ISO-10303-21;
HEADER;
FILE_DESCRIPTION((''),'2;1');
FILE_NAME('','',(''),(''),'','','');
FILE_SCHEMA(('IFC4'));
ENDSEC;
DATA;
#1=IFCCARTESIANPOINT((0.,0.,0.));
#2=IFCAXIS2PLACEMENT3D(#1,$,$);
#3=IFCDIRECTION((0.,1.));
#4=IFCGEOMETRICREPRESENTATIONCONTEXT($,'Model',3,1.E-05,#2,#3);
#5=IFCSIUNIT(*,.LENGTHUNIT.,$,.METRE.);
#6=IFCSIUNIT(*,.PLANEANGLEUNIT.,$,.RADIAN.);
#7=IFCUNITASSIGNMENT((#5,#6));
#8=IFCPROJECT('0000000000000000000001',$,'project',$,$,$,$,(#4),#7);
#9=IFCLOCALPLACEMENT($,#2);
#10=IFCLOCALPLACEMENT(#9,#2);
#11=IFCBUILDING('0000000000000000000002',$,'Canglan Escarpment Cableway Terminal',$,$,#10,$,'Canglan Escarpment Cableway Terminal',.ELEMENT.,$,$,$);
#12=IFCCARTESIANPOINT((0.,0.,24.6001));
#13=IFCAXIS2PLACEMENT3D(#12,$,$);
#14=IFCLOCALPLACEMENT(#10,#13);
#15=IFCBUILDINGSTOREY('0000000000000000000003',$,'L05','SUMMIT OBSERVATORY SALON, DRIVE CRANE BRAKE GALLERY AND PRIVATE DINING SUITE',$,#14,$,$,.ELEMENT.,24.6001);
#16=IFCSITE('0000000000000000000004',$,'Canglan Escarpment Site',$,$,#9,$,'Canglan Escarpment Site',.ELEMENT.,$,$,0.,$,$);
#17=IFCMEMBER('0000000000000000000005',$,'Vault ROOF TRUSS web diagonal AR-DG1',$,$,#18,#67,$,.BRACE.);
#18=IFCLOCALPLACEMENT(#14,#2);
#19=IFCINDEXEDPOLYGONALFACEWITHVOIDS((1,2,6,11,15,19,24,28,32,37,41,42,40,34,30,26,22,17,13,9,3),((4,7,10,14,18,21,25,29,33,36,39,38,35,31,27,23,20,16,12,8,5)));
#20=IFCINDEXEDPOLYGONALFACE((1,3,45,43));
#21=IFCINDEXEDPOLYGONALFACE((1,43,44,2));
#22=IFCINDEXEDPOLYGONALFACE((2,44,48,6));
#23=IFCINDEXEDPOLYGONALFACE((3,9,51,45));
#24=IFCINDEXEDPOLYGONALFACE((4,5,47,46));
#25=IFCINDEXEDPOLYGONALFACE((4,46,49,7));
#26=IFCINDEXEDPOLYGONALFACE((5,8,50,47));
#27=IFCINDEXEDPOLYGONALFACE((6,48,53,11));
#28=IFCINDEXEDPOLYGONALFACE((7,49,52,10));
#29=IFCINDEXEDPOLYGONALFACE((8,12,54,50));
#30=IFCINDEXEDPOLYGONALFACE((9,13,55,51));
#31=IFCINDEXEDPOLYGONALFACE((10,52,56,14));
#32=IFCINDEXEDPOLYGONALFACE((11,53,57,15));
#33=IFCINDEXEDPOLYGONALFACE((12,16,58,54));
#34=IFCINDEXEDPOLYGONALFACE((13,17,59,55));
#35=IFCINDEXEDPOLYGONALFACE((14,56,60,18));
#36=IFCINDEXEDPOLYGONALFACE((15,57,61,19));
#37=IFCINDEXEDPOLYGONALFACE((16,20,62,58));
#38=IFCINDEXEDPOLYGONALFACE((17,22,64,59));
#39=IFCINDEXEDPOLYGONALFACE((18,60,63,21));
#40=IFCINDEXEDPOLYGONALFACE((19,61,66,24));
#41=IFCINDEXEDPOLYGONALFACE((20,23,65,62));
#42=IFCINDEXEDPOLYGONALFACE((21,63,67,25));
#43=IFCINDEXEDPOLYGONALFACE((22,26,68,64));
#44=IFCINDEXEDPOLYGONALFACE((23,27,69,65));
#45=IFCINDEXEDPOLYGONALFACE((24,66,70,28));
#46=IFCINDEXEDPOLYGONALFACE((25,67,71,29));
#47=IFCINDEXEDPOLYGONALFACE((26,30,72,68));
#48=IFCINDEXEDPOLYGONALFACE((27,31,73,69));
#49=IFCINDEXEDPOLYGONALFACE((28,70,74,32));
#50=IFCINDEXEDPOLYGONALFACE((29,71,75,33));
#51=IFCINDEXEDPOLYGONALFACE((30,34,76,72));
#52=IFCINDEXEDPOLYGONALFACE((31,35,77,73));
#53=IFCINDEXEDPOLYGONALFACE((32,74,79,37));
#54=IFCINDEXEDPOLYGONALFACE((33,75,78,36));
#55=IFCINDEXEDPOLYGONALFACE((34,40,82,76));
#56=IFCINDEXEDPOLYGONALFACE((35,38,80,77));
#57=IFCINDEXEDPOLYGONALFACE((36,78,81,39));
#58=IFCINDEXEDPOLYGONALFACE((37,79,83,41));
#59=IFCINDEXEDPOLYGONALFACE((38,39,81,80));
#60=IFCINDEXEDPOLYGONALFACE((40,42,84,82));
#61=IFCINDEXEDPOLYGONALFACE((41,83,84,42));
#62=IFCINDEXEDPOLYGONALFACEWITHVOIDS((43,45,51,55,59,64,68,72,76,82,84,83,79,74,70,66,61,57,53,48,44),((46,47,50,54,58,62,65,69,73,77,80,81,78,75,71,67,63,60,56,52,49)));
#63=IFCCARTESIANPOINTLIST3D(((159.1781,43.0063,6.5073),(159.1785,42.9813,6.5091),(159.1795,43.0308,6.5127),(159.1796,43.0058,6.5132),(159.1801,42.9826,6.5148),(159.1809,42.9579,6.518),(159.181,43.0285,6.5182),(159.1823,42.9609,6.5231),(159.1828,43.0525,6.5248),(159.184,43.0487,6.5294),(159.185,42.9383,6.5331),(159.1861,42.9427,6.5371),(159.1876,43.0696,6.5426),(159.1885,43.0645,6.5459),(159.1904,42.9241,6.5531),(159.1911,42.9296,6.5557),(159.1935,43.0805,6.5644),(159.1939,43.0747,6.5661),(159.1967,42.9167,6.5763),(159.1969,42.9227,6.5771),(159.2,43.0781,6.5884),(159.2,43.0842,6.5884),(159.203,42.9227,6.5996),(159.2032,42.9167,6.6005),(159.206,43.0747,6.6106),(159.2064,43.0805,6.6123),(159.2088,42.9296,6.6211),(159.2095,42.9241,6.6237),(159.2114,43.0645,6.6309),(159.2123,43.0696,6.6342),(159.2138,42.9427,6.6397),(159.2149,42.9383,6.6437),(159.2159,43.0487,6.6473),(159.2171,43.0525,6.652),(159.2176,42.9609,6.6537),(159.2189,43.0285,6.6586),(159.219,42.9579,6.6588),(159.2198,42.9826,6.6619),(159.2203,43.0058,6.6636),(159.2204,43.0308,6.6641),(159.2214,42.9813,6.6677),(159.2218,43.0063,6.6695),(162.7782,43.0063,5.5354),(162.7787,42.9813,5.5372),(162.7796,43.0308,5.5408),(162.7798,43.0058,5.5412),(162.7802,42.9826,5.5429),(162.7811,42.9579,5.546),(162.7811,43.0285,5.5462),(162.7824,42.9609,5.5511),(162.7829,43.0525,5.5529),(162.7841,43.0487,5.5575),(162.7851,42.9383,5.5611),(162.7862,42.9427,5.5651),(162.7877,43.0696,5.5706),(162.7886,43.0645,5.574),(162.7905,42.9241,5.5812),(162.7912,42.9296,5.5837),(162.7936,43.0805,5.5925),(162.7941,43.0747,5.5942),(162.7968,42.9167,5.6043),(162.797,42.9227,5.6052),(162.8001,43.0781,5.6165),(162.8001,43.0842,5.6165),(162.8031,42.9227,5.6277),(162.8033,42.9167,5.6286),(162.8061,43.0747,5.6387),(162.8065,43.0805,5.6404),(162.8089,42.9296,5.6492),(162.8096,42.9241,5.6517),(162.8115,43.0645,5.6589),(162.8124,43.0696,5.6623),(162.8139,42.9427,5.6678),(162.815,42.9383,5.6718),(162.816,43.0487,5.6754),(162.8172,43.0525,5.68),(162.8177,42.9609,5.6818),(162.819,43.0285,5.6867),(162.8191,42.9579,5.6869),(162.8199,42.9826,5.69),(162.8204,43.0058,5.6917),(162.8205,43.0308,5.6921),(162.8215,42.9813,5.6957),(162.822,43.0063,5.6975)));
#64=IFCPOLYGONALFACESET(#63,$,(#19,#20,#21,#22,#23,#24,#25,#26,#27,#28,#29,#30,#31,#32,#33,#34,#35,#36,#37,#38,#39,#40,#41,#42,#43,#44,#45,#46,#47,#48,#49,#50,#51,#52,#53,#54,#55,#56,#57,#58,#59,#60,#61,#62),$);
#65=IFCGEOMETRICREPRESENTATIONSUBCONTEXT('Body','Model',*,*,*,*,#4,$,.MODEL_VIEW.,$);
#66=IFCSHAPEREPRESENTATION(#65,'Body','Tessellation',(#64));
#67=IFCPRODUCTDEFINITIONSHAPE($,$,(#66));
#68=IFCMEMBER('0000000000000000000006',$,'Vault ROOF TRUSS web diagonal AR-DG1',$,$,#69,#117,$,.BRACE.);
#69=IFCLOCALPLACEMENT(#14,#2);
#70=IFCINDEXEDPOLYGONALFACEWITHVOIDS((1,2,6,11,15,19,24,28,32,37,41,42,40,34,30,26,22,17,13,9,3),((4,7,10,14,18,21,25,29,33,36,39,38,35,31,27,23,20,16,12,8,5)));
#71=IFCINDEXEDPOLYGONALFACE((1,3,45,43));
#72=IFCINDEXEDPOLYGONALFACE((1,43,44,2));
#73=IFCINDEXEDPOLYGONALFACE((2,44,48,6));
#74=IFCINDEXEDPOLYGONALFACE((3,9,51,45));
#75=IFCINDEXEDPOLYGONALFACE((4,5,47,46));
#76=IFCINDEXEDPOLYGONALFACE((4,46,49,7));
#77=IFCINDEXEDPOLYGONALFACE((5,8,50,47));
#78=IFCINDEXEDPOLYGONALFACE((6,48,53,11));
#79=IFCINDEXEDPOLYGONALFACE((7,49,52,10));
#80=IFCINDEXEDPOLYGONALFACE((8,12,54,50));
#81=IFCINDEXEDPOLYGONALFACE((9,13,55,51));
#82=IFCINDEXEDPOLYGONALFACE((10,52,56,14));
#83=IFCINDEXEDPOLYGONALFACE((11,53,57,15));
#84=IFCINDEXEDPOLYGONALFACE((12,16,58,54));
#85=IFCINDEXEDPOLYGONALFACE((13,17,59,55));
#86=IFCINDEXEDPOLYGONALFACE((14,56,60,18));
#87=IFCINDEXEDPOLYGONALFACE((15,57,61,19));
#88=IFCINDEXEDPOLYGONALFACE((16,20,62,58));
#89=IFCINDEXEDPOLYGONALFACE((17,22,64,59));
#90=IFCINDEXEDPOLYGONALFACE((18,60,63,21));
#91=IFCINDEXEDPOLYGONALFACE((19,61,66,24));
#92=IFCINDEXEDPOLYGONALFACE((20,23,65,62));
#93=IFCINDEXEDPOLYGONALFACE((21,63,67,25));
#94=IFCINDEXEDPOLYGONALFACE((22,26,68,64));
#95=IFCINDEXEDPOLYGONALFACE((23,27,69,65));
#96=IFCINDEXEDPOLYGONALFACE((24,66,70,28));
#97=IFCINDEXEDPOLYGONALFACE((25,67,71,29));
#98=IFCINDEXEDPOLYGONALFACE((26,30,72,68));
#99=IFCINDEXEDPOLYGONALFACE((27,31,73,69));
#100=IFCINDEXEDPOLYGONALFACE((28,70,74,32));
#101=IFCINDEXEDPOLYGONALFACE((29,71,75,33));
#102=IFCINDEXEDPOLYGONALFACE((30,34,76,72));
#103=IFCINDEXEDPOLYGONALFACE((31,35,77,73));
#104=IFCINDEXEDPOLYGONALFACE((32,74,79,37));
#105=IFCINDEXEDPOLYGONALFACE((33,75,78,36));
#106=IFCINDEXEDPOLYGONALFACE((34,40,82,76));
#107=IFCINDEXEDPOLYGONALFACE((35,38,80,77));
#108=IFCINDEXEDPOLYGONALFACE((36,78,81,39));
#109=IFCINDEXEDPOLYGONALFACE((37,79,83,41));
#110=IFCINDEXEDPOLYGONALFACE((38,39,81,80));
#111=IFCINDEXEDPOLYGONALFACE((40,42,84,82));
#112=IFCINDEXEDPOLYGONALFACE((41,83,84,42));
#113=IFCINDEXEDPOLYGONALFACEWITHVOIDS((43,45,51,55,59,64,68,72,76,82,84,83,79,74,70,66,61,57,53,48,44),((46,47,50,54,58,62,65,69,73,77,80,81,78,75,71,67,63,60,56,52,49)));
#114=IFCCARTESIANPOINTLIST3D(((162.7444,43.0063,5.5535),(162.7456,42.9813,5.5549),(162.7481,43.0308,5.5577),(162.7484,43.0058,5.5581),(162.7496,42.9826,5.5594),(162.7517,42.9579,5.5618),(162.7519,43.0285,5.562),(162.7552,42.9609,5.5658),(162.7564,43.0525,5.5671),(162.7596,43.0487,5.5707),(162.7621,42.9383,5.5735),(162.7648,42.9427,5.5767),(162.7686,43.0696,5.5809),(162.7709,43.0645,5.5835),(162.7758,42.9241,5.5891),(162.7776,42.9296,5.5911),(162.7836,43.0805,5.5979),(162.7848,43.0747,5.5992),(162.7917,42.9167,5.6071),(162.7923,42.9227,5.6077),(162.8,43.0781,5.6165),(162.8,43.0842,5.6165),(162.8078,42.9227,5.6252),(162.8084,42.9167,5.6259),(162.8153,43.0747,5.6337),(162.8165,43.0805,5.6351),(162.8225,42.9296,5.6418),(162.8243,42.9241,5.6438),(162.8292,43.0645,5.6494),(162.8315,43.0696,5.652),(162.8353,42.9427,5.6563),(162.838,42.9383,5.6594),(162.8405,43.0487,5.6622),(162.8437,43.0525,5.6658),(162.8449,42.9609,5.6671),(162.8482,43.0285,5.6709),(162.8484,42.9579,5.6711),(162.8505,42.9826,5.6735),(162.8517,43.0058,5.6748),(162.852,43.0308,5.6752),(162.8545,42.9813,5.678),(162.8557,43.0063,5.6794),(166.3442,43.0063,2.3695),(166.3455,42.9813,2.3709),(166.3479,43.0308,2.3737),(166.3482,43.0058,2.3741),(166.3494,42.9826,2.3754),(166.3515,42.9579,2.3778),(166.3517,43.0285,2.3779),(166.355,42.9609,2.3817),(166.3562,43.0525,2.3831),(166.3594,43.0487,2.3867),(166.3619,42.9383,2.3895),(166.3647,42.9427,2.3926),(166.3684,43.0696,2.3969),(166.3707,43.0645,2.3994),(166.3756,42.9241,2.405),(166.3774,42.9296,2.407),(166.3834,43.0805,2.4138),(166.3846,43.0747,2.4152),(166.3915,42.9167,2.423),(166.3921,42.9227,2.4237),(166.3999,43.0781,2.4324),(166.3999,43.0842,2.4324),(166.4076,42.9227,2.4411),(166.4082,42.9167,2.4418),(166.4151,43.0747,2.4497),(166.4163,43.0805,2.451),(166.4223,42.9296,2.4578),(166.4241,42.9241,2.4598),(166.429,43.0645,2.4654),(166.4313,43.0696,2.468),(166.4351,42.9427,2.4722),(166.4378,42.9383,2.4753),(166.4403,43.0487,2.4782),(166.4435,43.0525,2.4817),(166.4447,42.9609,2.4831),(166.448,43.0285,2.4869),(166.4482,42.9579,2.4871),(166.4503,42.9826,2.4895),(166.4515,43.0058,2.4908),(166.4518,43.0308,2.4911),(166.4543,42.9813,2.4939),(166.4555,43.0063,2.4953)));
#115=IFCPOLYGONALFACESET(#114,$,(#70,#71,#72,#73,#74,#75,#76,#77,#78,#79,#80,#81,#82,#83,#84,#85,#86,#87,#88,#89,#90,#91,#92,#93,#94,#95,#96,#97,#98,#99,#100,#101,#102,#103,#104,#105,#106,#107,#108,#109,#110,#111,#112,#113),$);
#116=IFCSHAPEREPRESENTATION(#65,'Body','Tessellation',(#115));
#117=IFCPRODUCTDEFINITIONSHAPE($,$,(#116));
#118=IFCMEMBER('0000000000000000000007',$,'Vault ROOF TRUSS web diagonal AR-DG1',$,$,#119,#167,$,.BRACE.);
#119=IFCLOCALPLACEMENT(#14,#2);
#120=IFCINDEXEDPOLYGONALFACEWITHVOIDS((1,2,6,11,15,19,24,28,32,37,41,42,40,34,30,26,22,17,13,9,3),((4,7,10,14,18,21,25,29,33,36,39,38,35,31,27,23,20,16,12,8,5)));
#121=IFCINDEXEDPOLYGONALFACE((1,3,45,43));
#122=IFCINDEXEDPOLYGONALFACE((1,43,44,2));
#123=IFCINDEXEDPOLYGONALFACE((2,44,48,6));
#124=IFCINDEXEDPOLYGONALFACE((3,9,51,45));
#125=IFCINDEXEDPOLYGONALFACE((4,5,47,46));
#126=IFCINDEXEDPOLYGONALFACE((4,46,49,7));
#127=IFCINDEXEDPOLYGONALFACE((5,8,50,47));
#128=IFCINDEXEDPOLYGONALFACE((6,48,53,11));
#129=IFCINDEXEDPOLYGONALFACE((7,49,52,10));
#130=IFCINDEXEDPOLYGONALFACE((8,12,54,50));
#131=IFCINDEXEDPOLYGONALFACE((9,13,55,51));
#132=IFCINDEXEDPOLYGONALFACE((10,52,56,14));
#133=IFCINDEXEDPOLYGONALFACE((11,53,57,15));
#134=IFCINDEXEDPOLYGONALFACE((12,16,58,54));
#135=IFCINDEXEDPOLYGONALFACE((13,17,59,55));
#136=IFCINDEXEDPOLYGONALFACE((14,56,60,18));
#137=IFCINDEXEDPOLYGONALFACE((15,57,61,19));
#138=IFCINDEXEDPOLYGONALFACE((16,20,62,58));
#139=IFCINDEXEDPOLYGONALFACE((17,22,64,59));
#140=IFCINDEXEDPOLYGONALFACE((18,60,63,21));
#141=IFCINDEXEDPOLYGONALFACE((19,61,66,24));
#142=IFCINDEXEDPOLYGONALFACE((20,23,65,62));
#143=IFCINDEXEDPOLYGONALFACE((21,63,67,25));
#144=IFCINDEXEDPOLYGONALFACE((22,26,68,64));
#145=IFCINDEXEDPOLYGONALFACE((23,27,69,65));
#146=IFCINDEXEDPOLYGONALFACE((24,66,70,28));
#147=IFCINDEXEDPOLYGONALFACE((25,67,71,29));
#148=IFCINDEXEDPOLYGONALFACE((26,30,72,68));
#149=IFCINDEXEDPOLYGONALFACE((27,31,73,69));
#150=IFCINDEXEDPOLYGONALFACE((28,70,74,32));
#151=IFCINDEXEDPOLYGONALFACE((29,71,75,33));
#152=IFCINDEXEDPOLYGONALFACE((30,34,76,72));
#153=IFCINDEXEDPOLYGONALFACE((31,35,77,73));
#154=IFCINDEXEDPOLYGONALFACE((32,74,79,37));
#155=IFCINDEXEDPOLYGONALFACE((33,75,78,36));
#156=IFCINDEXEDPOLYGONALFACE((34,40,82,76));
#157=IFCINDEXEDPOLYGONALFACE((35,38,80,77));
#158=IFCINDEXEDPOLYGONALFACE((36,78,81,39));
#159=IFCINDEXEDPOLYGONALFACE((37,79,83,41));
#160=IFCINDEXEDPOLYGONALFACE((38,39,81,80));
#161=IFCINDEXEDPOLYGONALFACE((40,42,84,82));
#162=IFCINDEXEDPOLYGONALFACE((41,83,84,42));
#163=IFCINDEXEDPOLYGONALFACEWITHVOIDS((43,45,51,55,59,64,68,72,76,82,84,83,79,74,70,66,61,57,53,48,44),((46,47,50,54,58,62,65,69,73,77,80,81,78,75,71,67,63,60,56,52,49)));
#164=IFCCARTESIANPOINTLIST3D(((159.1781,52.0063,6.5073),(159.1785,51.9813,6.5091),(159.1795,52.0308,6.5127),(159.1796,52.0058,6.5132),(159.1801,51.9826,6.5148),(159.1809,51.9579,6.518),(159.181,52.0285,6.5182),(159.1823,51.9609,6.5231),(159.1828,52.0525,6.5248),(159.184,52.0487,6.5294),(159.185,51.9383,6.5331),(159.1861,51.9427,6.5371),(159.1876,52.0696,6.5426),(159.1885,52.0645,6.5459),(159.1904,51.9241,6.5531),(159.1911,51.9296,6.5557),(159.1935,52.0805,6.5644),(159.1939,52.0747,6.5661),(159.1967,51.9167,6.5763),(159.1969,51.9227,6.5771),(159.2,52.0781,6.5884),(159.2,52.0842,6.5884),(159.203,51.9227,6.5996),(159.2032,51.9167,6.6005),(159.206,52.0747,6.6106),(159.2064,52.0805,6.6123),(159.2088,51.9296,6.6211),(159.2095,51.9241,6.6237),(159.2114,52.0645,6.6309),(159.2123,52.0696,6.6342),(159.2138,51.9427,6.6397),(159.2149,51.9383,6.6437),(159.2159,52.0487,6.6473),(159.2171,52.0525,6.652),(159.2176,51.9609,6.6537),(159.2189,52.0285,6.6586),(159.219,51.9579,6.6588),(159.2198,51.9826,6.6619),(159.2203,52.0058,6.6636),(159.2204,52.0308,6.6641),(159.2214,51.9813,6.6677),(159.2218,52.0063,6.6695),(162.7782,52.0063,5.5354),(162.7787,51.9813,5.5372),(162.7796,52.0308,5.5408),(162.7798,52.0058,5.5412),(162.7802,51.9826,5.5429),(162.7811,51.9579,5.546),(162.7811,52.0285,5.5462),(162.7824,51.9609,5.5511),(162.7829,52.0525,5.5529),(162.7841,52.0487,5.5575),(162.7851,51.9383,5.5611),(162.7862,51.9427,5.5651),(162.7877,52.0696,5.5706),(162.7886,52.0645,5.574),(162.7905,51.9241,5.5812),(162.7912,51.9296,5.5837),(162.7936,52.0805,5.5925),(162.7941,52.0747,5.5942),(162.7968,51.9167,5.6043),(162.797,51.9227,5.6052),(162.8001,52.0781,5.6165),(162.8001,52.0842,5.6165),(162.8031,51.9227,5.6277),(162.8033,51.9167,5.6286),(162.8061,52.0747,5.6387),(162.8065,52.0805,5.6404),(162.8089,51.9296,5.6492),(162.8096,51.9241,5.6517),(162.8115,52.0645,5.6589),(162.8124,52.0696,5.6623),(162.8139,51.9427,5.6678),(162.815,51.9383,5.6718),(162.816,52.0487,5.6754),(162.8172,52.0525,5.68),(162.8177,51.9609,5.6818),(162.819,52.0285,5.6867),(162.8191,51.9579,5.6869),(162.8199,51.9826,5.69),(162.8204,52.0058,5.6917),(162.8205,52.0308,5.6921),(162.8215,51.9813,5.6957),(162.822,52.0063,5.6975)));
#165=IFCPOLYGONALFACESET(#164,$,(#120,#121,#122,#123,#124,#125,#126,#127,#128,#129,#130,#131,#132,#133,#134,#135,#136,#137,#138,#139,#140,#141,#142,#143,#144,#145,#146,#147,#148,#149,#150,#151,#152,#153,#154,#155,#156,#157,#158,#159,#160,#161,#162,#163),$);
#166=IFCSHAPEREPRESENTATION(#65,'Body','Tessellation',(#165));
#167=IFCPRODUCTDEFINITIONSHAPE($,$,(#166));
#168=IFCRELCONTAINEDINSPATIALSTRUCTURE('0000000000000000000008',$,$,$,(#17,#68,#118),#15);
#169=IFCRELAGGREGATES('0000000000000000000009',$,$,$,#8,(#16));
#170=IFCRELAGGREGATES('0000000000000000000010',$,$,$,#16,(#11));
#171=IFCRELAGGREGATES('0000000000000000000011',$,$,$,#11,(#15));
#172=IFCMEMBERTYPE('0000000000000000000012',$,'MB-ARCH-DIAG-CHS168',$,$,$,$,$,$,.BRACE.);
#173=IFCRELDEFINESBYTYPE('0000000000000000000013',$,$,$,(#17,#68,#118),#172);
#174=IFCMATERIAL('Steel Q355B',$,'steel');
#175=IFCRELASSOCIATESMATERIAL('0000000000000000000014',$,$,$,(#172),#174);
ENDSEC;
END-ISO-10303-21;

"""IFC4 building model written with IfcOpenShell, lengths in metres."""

from ifc_helpers import new_model, si_unit, direction, frame, origin, origin_2d, place, context, subcontext, project, spatial, hollow_circle, extrude, material, material_profile, profile_set, type_object, element, save


model = new_model("IFC4")

# Units and contexts
model_context = context("Model", 3, precision=1e-05, world=origin(), true_north=direction((0.0, 1.0)))
body_context = subcontext(model_context, "Body", "Model", "MODEL_VIEW")
ifc_project = project(units=[si_unit("LENGTHUNIT", "METRE"), si_unit("PLANEANGLEUNIT", "RADIAN")], contexts=[model_context])

# Site, building, storey
site_placement = place(None, origin())
site = spatial("IfcSite", under=ifc_project, at=site_placement, Name="Canglan Escarpment Site", LongName="Canglan Escarpment Site", CompositionType="ELEMENT", RefElevation=0.0)
building_placement = place(site_placement, origin())
building = spatial("IfcBuilding", under=site, at=building_placement, Name="Canglan Escarpment Cableway Terminal", LongName="Canglan Escarpment Cableway Terminal", CompositionType="ELEMENT")
storey_placement = place(building_placement, frame((0.0, 0.0, 24.6001)))
storey = spatial("IfcBuildingStorey", under=building, at=storey_placement, Name="L05", Description="SUMMIT OBSERVATORY SALON, DRIVE CRANE BRAKE GALLERY AND PRIVATE DINING SUITE", CompositionType="ELEMENT", Elevation=24.6001)

# Shared definitions
ifc_material_1 = material(Name="Steel Q355B", Category="steel")

# Members
ifc_material_profile_1 = material_profile(ifc_material_1, hollow_circle(Radius=0.0842, WallThickness=0.0061, at=origin_2d()), Name="CHS 168.3x6")
ifc_profile_set_1 = profile_set([ifc_material_profile_1], Name="Steel Q355B")
member_type_1 = type_object("IfcMemberType", Name="MB-ARCH-DIAG-CHS168", PredefinedType="BRACE", material=ifc_profile_set_1)
member_1_placement = place(storey_placement, frame((159.2, 43.0, 6.5884), z_axis=(0.965436, 0.0, -0.26064), x_axis=(0.0, 1.0, 0.0)))
element("IfcMember", 1, at=member_1_placement, inside=storey, type_object=member_type_1, Name="Vault ROOF TRUSS web diagonal AR-DG1", PredefinedType="BRACE", context=body_context, shape_type="SweptSolid", body=[
    extrude(hollow_circle(Radius=0.0842, WallThickness=0.0061, at=origin_2d()), origin(), (0.0, 0.0, 1.0), 3.729),
])
member_2_placement = place(storey_placement, frame((162.8, 43.0, 5.6165), z_axis=(0.749038, 0.0, -0.662527), x_axis=(0.0, 1.0, 0.0)))
element("IfcMember", 2, at=member_2_placement, inside=storey, type_object=member_type_1, Name="Vault ROOF TRUSS web diagonal AR-DG1", PredefinedType="BRACE", context=body_context, shape_type="SweptSolid", body=[
    extrude(hollow_circle(Radius=0.0842, WallThickness=0.0061, at=origin_2d()), origin(), (0.0, 0.0, 1.0), 4.8059),
])
member_3_placement = place(storey_placement, frame((159.2, 52.0, 6.5884), z_axis=(0.965436, 0.0, -0.26064), x_axis=(0.0, 1.0, 0.0)))
element("IfcMember", 3, at=member_3_placement, inside=storey, type_object=member_type_1, Name="Vault ROOF TRUSS web diagonal AR-DG1", PredefinedType="BRACE", context=body_context, shape_type="SweptSolid", body=[
    extrude(hollow_circle(Radius=0.0842, WallThickness=0.0061, at=origin_2d()), origin(), (0.0, 0.0, 1.0), 3.729),
])

save(model, "model.ifc")
